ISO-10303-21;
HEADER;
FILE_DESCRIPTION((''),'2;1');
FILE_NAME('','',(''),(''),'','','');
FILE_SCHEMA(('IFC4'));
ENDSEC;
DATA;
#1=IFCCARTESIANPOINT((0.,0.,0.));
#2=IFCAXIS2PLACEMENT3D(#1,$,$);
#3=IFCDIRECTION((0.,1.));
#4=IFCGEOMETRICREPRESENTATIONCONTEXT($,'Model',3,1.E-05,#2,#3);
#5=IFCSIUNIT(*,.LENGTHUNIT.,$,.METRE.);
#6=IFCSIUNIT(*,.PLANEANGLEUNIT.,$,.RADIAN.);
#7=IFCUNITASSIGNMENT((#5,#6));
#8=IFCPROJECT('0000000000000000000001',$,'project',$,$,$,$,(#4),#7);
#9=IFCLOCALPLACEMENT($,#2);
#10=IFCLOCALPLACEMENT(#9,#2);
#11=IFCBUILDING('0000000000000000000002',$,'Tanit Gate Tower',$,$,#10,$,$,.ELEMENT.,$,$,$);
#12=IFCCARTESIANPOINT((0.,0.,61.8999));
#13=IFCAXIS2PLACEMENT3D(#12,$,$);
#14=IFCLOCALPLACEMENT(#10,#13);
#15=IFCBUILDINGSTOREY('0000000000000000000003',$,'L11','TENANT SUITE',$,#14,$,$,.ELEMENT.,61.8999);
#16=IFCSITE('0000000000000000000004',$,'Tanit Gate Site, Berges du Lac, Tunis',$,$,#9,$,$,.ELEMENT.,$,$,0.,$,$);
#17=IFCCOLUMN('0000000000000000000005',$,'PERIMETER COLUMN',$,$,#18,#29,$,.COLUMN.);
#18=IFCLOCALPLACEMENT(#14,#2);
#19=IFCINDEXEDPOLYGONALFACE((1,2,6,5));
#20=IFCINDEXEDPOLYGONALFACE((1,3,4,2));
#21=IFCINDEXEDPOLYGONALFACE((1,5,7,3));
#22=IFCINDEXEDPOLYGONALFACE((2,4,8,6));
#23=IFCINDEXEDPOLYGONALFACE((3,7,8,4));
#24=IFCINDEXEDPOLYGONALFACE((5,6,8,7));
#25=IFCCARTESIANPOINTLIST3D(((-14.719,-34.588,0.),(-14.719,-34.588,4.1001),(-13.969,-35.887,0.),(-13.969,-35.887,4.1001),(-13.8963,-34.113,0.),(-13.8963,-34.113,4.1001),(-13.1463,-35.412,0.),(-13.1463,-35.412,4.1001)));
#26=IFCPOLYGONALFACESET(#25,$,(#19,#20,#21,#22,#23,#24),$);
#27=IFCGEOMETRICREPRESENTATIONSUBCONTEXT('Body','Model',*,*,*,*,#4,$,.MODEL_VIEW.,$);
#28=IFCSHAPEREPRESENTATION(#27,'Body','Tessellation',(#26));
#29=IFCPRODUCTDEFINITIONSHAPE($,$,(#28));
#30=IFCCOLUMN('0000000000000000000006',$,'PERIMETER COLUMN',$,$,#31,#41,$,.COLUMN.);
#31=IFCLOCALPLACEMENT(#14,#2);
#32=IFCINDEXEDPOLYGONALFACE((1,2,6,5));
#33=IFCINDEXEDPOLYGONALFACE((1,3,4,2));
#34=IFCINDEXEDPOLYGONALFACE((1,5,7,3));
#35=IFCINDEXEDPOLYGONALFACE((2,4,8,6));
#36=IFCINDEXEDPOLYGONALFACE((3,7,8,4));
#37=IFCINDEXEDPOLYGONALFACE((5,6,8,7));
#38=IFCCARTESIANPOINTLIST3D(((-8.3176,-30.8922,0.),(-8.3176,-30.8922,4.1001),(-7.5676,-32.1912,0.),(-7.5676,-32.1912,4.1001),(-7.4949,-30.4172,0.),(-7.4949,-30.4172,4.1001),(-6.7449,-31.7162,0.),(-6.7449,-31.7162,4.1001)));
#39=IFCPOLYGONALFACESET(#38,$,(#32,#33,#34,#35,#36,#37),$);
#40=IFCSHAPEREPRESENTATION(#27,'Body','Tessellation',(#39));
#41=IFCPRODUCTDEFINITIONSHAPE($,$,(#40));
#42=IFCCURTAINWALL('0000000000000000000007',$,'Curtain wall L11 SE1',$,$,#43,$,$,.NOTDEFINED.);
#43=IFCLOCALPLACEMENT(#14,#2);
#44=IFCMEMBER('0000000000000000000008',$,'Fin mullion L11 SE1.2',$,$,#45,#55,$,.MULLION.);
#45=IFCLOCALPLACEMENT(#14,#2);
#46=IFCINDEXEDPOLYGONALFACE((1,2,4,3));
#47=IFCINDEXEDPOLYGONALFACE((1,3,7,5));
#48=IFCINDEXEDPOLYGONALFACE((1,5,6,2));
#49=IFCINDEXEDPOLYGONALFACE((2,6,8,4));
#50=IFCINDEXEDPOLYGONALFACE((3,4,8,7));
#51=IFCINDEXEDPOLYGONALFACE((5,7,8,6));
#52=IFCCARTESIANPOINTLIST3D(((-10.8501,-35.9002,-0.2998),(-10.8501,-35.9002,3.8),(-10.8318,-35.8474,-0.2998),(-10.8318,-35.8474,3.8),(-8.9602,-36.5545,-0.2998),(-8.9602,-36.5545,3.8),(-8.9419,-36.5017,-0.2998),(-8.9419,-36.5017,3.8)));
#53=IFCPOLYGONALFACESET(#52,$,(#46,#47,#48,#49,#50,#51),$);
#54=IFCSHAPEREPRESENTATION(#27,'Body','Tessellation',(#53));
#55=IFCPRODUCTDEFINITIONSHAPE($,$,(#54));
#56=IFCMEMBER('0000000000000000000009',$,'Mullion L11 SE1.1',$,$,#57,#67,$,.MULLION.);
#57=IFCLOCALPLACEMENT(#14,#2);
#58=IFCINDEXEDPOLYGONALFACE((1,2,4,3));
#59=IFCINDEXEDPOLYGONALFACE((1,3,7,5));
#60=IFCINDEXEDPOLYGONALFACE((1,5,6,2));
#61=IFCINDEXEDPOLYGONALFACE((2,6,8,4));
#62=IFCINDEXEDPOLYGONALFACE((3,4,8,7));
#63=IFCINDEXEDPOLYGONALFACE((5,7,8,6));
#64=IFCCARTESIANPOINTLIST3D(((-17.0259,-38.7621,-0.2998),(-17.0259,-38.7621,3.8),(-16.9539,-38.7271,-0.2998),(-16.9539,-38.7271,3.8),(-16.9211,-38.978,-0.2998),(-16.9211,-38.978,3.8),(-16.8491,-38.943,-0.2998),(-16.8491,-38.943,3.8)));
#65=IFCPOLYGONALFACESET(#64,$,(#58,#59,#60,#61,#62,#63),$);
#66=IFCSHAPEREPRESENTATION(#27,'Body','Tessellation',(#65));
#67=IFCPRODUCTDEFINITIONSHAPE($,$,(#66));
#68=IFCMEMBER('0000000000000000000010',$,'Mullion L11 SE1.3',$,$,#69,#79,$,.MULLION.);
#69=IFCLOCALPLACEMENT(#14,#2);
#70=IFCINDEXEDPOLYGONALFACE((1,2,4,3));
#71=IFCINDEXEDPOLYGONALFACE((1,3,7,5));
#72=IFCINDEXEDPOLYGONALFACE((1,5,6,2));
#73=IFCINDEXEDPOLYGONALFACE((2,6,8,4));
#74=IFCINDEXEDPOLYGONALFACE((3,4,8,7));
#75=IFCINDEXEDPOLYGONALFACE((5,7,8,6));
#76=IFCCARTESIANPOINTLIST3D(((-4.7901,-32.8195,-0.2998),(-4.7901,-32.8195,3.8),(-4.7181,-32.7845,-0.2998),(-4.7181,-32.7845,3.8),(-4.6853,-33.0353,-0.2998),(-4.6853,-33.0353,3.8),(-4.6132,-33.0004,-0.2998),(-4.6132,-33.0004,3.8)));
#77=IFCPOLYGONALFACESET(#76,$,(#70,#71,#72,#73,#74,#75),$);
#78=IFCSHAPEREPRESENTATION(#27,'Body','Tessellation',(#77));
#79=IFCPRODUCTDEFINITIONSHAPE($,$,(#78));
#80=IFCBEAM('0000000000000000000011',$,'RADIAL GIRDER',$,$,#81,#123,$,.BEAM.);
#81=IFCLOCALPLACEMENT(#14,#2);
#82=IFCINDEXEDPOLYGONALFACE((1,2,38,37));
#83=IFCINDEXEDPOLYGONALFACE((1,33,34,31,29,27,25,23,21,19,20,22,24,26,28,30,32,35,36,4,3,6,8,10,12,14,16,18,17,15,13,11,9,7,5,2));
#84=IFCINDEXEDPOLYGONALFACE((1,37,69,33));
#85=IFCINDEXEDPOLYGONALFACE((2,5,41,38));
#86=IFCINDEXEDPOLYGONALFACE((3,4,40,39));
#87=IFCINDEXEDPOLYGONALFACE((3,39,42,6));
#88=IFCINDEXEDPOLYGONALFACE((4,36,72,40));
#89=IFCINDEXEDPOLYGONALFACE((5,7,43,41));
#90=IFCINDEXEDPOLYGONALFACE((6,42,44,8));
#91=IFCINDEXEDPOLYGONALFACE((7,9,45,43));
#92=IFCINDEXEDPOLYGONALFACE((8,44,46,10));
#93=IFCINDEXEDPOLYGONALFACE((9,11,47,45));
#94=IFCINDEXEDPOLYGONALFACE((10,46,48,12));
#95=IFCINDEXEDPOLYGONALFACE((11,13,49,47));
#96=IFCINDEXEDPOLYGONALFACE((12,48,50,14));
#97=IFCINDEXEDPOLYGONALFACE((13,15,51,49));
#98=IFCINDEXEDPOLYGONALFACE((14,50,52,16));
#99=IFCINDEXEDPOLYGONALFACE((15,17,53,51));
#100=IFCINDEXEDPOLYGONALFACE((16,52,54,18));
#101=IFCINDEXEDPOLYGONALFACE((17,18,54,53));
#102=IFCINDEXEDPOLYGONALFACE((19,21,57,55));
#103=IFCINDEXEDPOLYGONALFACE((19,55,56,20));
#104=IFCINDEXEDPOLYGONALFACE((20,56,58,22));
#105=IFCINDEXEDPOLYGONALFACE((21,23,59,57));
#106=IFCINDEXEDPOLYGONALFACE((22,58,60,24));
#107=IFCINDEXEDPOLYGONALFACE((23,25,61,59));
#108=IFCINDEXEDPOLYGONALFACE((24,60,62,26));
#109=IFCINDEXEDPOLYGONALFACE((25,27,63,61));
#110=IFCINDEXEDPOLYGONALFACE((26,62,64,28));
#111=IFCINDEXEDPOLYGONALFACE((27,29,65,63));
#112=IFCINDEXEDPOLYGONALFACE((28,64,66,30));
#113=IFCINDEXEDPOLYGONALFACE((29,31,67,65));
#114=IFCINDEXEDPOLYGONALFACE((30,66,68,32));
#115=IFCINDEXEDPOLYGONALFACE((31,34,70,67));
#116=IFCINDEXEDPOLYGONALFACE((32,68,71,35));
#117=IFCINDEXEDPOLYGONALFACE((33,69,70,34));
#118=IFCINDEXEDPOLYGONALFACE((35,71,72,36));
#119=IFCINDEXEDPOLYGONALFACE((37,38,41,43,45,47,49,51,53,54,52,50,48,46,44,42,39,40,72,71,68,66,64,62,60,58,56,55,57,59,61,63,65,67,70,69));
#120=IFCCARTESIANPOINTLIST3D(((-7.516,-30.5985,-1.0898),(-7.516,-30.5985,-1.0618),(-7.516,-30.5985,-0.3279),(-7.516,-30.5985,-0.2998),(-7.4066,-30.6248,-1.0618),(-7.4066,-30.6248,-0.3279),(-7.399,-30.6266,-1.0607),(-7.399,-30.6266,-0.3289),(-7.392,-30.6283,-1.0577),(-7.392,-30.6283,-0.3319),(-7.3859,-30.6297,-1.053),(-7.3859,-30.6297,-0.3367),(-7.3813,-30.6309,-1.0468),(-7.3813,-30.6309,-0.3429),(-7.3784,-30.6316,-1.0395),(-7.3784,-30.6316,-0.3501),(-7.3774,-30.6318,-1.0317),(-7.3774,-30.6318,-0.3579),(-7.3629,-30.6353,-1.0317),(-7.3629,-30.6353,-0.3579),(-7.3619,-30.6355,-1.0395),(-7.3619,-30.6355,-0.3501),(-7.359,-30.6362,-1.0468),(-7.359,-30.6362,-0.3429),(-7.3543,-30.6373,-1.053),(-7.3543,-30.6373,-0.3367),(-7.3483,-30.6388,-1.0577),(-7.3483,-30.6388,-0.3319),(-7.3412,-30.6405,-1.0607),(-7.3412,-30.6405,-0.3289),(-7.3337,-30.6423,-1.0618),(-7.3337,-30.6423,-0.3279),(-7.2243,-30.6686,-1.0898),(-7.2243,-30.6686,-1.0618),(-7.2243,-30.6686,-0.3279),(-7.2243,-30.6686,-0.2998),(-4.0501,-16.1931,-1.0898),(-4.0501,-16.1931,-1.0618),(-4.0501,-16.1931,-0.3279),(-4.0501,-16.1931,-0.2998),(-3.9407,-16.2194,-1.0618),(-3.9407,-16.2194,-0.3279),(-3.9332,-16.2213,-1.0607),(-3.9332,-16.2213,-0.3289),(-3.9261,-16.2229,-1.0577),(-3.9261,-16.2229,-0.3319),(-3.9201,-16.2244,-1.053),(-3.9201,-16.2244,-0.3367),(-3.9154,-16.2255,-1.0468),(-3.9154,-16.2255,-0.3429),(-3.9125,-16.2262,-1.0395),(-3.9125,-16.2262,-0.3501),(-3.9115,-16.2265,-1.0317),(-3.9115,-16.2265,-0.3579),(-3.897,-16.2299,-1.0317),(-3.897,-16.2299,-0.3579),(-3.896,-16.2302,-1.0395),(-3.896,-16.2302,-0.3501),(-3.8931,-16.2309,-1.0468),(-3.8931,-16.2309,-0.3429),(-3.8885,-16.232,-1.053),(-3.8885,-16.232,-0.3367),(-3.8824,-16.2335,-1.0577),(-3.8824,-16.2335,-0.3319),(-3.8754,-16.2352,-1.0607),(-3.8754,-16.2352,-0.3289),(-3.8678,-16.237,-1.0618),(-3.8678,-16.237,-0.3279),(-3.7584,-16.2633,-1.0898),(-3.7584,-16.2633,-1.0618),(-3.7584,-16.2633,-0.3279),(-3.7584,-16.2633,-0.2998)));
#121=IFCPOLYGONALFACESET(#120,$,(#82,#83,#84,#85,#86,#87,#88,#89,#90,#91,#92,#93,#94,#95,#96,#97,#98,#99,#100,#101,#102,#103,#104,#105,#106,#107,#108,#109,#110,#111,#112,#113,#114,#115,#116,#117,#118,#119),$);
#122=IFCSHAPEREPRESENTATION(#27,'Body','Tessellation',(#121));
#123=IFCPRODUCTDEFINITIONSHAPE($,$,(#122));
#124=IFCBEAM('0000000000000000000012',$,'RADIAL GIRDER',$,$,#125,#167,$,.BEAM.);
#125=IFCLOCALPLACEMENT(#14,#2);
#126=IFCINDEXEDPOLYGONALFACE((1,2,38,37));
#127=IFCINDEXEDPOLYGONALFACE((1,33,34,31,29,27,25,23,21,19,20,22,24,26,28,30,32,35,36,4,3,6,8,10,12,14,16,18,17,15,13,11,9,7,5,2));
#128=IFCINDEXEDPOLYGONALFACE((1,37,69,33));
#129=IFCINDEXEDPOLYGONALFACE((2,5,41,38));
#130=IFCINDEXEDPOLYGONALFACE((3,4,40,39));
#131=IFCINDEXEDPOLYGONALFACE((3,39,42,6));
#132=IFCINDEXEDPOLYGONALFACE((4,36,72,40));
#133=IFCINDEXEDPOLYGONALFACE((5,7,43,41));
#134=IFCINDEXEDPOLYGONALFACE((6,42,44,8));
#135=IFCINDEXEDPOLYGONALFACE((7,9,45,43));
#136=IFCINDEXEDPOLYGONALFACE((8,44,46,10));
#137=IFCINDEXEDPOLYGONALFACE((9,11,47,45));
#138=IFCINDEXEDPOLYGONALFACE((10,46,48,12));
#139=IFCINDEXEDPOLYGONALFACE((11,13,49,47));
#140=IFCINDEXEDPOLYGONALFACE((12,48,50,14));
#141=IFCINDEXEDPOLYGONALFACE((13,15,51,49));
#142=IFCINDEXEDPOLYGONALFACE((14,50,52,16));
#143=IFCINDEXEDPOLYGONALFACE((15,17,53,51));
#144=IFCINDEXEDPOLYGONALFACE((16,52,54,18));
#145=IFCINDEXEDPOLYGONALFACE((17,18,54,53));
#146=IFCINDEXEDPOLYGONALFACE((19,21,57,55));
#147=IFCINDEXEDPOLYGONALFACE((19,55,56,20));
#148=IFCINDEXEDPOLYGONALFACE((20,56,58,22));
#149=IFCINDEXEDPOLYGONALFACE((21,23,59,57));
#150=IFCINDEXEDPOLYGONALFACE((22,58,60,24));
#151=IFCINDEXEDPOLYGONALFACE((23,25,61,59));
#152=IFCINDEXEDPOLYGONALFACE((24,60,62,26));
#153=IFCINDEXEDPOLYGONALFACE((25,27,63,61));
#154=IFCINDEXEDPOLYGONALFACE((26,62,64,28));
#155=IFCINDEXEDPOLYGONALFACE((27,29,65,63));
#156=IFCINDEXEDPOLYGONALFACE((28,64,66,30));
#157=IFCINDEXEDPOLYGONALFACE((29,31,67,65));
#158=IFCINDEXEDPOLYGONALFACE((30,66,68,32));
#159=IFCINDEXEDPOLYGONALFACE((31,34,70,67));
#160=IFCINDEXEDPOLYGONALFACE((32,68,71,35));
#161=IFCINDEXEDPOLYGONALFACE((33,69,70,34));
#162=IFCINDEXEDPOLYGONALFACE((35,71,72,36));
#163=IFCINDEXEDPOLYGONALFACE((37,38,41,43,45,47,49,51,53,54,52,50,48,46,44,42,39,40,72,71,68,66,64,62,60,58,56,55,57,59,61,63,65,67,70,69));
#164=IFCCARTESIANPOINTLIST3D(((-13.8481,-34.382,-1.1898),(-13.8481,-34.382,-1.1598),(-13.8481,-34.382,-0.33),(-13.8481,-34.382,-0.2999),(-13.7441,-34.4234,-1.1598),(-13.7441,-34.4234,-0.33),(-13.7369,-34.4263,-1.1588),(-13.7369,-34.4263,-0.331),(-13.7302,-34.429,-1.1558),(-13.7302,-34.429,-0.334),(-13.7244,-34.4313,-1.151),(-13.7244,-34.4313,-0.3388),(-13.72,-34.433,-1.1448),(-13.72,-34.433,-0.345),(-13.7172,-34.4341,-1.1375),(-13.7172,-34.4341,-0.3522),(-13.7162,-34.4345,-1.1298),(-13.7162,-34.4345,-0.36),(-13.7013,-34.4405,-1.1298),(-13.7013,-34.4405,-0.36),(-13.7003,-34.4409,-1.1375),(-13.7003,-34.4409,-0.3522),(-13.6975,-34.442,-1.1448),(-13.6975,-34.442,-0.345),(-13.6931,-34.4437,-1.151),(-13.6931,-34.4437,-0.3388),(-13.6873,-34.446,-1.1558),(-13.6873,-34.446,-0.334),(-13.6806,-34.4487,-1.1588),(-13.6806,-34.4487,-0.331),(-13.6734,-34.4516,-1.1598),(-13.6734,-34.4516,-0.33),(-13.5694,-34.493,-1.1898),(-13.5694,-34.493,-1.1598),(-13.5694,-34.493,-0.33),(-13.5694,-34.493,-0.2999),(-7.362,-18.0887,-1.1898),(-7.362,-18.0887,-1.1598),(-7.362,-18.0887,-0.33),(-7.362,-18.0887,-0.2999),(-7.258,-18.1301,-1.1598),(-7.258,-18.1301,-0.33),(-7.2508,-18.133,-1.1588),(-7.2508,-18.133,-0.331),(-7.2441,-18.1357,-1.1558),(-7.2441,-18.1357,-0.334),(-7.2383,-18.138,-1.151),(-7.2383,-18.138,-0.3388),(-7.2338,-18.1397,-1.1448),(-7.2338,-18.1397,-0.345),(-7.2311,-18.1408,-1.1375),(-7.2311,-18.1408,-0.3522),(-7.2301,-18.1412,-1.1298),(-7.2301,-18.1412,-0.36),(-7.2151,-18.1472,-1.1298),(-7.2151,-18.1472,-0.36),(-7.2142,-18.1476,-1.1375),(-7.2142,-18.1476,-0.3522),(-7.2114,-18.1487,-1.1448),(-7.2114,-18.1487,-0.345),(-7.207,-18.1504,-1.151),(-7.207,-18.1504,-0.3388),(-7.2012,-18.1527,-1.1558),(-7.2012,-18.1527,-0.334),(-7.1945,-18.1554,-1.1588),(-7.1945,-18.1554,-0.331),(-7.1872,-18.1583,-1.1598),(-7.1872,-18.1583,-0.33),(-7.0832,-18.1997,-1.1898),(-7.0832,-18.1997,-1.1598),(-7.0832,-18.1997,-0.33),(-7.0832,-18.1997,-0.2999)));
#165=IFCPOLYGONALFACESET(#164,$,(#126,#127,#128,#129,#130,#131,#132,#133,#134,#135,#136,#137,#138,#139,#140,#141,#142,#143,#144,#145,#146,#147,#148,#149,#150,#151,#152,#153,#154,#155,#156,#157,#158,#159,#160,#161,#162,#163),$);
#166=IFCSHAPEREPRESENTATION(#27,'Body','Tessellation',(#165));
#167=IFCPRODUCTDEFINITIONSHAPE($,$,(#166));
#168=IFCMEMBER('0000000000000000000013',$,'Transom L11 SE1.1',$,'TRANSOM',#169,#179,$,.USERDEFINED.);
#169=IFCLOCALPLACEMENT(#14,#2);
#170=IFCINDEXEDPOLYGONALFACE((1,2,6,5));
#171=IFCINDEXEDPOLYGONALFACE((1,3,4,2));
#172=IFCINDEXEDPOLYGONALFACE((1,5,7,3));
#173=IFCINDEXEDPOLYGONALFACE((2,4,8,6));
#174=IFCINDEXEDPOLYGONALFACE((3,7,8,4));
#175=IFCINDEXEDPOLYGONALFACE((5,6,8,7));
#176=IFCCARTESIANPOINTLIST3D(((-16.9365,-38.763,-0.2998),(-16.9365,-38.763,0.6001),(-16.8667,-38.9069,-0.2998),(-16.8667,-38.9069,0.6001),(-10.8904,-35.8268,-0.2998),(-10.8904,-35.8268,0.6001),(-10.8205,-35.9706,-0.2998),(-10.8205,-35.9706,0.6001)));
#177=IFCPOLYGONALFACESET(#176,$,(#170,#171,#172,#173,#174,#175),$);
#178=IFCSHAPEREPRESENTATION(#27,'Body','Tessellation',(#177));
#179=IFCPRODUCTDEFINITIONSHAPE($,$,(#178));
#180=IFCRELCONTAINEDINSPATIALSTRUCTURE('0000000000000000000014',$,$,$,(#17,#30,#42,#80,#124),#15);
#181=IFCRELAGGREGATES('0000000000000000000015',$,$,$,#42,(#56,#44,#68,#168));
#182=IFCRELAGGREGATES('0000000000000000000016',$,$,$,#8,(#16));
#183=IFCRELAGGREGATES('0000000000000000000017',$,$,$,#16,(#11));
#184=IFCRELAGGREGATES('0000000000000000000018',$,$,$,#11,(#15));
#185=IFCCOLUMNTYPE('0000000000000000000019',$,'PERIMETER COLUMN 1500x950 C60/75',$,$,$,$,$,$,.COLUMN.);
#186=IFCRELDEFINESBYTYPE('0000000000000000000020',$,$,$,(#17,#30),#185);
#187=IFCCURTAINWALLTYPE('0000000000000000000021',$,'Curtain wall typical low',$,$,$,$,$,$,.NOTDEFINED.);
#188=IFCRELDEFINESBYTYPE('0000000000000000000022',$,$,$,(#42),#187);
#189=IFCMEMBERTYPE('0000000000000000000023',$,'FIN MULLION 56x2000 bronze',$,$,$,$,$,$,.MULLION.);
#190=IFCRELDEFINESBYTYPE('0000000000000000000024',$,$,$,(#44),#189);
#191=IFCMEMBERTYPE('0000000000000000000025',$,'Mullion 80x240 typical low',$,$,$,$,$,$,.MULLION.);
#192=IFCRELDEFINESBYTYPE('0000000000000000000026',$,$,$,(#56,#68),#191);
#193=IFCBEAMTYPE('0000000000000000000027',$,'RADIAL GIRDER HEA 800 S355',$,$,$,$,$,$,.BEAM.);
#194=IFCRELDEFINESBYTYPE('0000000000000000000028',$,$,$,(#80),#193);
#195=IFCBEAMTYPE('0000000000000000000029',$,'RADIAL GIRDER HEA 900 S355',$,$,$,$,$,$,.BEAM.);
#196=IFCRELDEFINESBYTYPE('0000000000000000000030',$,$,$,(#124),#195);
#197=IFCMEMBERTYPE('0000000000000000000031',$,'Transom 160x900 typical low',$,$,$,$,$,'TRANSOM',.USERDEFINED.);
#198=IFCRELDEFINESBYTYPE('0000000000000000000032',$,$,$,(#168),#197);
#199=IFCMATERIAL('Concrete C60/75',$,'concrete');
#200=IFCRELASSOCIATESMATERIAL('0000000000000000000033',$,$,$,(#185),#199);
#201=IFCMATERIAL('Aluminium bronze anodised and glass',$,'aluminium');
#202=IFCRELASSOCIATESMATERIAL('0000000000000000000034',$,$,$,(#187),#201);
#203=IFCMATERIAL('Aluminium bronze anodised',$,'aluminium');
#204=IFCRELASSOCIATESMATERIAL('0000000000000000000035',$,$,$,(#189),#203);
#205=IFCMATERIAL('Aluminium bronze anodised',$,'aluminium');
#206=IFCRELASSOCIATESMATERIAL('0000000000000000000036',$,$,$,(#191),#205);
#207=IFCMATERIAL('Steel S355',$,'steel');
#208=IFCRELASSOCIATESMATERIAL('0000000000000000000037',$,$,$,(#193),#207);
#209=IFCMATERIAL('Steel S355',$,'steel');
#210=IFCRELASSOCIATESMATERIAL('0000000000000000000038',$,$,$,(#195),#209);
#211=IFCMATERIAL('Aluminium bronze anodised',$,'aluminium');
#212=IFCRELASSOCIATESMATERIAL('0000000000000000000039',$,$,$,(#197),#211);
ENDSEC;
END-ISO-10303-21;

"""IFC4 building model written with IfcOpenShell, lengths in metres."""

from ifc_helpers import new_model, si_unit, direction, frame, origin, origin_2d, place, context, subcontext, project, spatial, rectangle, i_section, extrude, material, material_profile, profile_set, type_object, element, aggregate, save


model = new_model("IFC4")

# Units and contexts
model_context = context("Model", 3, precision=1e-05, world=origin(), true_north=direction((0.0, 1.0)))
body_context = subcontext(model_context, "Body", "Model", "MODEL_VIEW")
ifc_project = project(units=[si_unit("LENGTHUNIT", "METRE"), si_unit("PLANEANGLEUNIT", "RADIAN")], contexts=[model_context])

# Site, building, storey
site_placement = place(None, origin())
site = spatial("IfcSite", under=ifc_project, at=site_placement, Name="Tanit Gate Site, Berges du Lac, Tunis", CompositionType="ELEMENT", RefElevation=0.0)
building_placement = place(site_placement, origin())
building = spatial("IfcBuilding", under=site, at=building_placement, Name="Tanit Gate Tower", CompositionType="ELEMENT")
storey_placement = place(building_placement, frame((0.0, 0.0, 61.8999)))
storey = spatial("IfcBuildingStorey", under=building, at=storey_placement, Name="L11", Description="TENANT SUITE", CompositionType="ELEMENT", Elevation=61.8999)

# Columns
ifc_material_1 = material(Name="Concrete C60/75", Category="concrete")
ifc_material_profile_1 = material_profile(ifc_material_1, rectangle(XDim=1.5, YDim=0.95, at=origin_2d()), Name="RC 1500x950")
ifc_profile_set_1 = profile_set([ifc_material_profile_1], Name="Concrete C60/75")
column_type = type_object("IfcColumnType", Name="PERIMETER COLUMN 1500x950 C60/75", PredefinedType="COLUMN", material=ifc_profile_set_1)
for number, where, z_axis, x_axis, name in (
    (1, (-13.9326, -35.0, 0.0), (0.0, 0.0, 1.0), (0.5, -0.866025, 0.0), "PERIMETER COLUMN"),
    (2, (-7.5312, -31.3042, 0.0), (0.0, 0.0, 1.0), (0.5, -0.866025, 0.0), "PERIMETER COLUMN"),
):
    element("IfcColumn", number, at=place(storey_placement, frame(where, z_axis=z_axis, x_axis=x_axis)), inside=storey, type_object=column_type, Name=name, PredefinedType="COLUMN", context=body_context, shape_type="SweptSolid", body=[
        extrude(rectangle(XDim=1.5, YDim=0.95, at=origin_2d()), origin(), (0.0, 0.0, 1.0), 4.1001),
    ])

# Curtain wall, members
ifc_material_2 = material(Name="Aluminium bronze anodised and glass", Category="aluminium")
curtain_wall_type = type_object("IfcCurtainWallType", Name="Curtain wall typical low", PredefinedType="NOTDEFINED", material=ifc_material_2)
curtain_wall_placement = place(storey_placement, origin())
curtain_wall = element("IfcCurtainWall", 3, at=curtain_wall_placement, inside=storey, type_object=curtain_wall_type, Name="Curtain wall L11 SE1", PredefinedType="NOTDEFINED")
ifc_material_3 = material(Name="Aluminium bronze anodised", Category="aluminium")
ifc_material_profile_2 = material_profile(ifc_material_3, rectangle(XDim=2.0, YDim=0.0559, at=origin_2d()), Name="56x2000 bronze fin mullion")
ifc_profile_set_2 = profile_set([ifc_material_profile_2], Name="Aluminium bronze anodised")
member_type_1 = type_object("IfcMemberType", Name="FIN MULLION 56x2000 bronze", PredefinedType="MULLION", material=ifc_profile_set_2)
member_1_placement = place(storey_placement, frame((-9.896, -36.2009, -0.2998), z_axis=(0.0, 0.0, 1.0), x_axis=(-0.944975, 0.327143, 0.0)))
member_1 = element("IfcMember", 4, at=member_1_placement, type_object=member_type_1, Name="Fin mullion L11 SE1.2", PredefinedType="MULLION", context=body_context, shape_type="SweptSolid", body=[
    extrude(rectangle(XDim=2.0, YDim=0.0559, at=origin_2d()), origin(), (0.0, 0.0, 1.0), 4.0999),
])
ifc_material_4 = material(Name="Aluminium bronze anodised", Category="aluminium")
ifc_material_profile_3 = material_profile(ifc_material_4, rectangle(XDim=0.24, YDim=0.0801, at=origin_2d()), Name="80x240 bronze mullion")
ifc_profile_set_3 = profile_set([ifc_material_profile_3], Name="Aluminium bronze anodised")
member_type_2 = type_object("IfcMemberType", Name="Mullion 80x240 typical low", PredefinedType="MULLION", material=ifc_profile_set_3)
member_2_placement = place(storey_placement, frame((-16.9375, -38.8525, -0.2998), z_axis=(0.0, 0.0, 1.0), x_axis=(-0.436873, 0.899523, 0.0)))
member_2 = element("IfcMember", 5, at=member_2_placement, type_object=member_type_2, Name="Mullion L11 SE1.1", PredefinedType="MULLION", context=body_context, shape_type="SweptSolid", body=[
    extrude(rectangle(XDim=0.24, YDim=0.0801, at=origin_2d()), origin(), (0.0, 0.0, 1.0), 4.0999),
])
member_3_placement = place(storey_placement, frame((-4.7017, -32.9099, -0.2998), z_axis=(0.0, 0.0, 1.0), x_axis=(-0.436873, 0.899523, 0.0)))
member_3 = element("IfcMember", 6, at=member_3_placement, type_object=member_type_2, Name="Mullion L11 SE1.3", PredefinedType="MULLION", context=body_context, shape_type="SweptSolid", body=[
    extrude(rectangle(XDim=0.24, YDim=0.0801, at=origin_2d()), origin(), (0.0, 0.0, 1.0), 4.0999),
])

# Beams
ifc_material_5 = material(Name="Steel S355", Category="steel")
ifc_material_profile_4 = material_profile(ifc_material_5, i_section(OverallWidth=0.3, OverallDepth=0.79, WebThickness=0.0149, FlangeThickness=0.0281, FilletRadius=0.03, at=origin_2d()), Name="HEA 800")
ifc_profile_set_4 = profile_set([ifc_material_profile_4], Name="Steel S355")
beam_type_1 = type_object("IfcBeamType", Name="RADIAL GIRDER HEA 800 S355", PredefinedType="BEAM", material=ifc_profile_set_4)
beam_1_placement = place(storey_placement, frame((-7.3701, -30.6335, -0.6948), z_axis=(0.233919, 0.972256, 0.0), x_axis=(-0.972256, 0.233919, 0.0)))
element("IfcBeam", 7, at=beam_1_placement, inside=storey, type_object=beam_type_1, Name="RADIAL GIRDER", PredefinedType="BEAM", context=body_context, shape_type="SweptSolid", body=[
    extrude(i_section(OverallWidth=0.3, OverallDepth=0.79, WebThickness=0.0149, FlangeThickness=0.0281, FilletRadius=0.03, at=origin_2d()), origin(), (0.0, 0.0, 1.0), 14.8164),
])
ifc_material_6 = material(Name="Steel S355", Category="steel")
ifc_material_profile_5 = material_profile(ifc_material_6, i_section(OverallWidth=0.3, OverallDepth=0.8899, WebThickness=0.0161, FlangeThickness=0.03, FilletRadius=0.03, at=origin_2d()), Name="HEA 900")
ifc_profile_set_5 = profile_set([ifc_material_profile_5], Name="Steel S355")
beam_type_2 = type_object("IfcBeamType", Name="RADIAL GIRDER HEA 900 S355", PredefinedType="BEAM", material=ifc_profile_set_5)
beam_2_placement = place(storey_placement, frame((-13.7087, -34.4375, -0.7449), z_axis=(0.369856, 0.929089, 0.0), x_axis=(-0.929089, 0.369856, 0.0)))
element("IfcBeam", 8, at=beam_2_placement, inside=storey, type_object=beam_type_2, Name="RADIAL GIRDER", PredefinedType="BEAM", context=body_context, shape_type="SweptSolid", body=[
    extrude(i_section(OverallWidth=0.3, OverallDepth=0.8899, WebThickness=0.0161, FlangeThickness=0.03, FilletRadius=0.03, at=origin_2d()), origin(), (0.0, 0.0, 1.0), 17.5369),
])

# Member
ifc_material_7 = material(Name="Aluminium bronze anodised", Category="aluminium")
ifc_material_profile_6 = material_profile(ifc_material_7, rectangle(XDim=0.1599, YDim=0.8999, at=origin_2d()), Name="160x900 bronze transom")
ifc_profile_set_6 = profile_set([ifc_material_profile_6], Name="Aluminium bronze anodised")
member_type_3 = type_object("IfcMemberType", Name="Transom 160x900 typical low", ElementType="TRANSOM", PredefinedType="USERDEFINED", material=ifc_profile_set_6)
member_4_placement = place(storey_placement, frame((-16.9016, -38.835, 0.1501), z_axis=(0.899533, 0.436854, 0.0), x_axis=(-0.436854, 0.899533, 0.0)))
member_4 = element("IfcMember", 9, at=member_4_placement, type_object=member_type_3, Name="Transom L11 SE1.1", ObjectType="TRANSOM", PredefinedType="USERDEFINED", context=body_context, shape_type="SweptSolid", body=[
    extrude(rectangle(XDim=0.1599, YDim=0.8999, at=origin_2d()), origin(), (0.0, 0.0, 1.0), 6.7214),
])

aggregate(curtain_wall, [member_2, member_1, member_3, member_4])

save(model, "model.ifc")
